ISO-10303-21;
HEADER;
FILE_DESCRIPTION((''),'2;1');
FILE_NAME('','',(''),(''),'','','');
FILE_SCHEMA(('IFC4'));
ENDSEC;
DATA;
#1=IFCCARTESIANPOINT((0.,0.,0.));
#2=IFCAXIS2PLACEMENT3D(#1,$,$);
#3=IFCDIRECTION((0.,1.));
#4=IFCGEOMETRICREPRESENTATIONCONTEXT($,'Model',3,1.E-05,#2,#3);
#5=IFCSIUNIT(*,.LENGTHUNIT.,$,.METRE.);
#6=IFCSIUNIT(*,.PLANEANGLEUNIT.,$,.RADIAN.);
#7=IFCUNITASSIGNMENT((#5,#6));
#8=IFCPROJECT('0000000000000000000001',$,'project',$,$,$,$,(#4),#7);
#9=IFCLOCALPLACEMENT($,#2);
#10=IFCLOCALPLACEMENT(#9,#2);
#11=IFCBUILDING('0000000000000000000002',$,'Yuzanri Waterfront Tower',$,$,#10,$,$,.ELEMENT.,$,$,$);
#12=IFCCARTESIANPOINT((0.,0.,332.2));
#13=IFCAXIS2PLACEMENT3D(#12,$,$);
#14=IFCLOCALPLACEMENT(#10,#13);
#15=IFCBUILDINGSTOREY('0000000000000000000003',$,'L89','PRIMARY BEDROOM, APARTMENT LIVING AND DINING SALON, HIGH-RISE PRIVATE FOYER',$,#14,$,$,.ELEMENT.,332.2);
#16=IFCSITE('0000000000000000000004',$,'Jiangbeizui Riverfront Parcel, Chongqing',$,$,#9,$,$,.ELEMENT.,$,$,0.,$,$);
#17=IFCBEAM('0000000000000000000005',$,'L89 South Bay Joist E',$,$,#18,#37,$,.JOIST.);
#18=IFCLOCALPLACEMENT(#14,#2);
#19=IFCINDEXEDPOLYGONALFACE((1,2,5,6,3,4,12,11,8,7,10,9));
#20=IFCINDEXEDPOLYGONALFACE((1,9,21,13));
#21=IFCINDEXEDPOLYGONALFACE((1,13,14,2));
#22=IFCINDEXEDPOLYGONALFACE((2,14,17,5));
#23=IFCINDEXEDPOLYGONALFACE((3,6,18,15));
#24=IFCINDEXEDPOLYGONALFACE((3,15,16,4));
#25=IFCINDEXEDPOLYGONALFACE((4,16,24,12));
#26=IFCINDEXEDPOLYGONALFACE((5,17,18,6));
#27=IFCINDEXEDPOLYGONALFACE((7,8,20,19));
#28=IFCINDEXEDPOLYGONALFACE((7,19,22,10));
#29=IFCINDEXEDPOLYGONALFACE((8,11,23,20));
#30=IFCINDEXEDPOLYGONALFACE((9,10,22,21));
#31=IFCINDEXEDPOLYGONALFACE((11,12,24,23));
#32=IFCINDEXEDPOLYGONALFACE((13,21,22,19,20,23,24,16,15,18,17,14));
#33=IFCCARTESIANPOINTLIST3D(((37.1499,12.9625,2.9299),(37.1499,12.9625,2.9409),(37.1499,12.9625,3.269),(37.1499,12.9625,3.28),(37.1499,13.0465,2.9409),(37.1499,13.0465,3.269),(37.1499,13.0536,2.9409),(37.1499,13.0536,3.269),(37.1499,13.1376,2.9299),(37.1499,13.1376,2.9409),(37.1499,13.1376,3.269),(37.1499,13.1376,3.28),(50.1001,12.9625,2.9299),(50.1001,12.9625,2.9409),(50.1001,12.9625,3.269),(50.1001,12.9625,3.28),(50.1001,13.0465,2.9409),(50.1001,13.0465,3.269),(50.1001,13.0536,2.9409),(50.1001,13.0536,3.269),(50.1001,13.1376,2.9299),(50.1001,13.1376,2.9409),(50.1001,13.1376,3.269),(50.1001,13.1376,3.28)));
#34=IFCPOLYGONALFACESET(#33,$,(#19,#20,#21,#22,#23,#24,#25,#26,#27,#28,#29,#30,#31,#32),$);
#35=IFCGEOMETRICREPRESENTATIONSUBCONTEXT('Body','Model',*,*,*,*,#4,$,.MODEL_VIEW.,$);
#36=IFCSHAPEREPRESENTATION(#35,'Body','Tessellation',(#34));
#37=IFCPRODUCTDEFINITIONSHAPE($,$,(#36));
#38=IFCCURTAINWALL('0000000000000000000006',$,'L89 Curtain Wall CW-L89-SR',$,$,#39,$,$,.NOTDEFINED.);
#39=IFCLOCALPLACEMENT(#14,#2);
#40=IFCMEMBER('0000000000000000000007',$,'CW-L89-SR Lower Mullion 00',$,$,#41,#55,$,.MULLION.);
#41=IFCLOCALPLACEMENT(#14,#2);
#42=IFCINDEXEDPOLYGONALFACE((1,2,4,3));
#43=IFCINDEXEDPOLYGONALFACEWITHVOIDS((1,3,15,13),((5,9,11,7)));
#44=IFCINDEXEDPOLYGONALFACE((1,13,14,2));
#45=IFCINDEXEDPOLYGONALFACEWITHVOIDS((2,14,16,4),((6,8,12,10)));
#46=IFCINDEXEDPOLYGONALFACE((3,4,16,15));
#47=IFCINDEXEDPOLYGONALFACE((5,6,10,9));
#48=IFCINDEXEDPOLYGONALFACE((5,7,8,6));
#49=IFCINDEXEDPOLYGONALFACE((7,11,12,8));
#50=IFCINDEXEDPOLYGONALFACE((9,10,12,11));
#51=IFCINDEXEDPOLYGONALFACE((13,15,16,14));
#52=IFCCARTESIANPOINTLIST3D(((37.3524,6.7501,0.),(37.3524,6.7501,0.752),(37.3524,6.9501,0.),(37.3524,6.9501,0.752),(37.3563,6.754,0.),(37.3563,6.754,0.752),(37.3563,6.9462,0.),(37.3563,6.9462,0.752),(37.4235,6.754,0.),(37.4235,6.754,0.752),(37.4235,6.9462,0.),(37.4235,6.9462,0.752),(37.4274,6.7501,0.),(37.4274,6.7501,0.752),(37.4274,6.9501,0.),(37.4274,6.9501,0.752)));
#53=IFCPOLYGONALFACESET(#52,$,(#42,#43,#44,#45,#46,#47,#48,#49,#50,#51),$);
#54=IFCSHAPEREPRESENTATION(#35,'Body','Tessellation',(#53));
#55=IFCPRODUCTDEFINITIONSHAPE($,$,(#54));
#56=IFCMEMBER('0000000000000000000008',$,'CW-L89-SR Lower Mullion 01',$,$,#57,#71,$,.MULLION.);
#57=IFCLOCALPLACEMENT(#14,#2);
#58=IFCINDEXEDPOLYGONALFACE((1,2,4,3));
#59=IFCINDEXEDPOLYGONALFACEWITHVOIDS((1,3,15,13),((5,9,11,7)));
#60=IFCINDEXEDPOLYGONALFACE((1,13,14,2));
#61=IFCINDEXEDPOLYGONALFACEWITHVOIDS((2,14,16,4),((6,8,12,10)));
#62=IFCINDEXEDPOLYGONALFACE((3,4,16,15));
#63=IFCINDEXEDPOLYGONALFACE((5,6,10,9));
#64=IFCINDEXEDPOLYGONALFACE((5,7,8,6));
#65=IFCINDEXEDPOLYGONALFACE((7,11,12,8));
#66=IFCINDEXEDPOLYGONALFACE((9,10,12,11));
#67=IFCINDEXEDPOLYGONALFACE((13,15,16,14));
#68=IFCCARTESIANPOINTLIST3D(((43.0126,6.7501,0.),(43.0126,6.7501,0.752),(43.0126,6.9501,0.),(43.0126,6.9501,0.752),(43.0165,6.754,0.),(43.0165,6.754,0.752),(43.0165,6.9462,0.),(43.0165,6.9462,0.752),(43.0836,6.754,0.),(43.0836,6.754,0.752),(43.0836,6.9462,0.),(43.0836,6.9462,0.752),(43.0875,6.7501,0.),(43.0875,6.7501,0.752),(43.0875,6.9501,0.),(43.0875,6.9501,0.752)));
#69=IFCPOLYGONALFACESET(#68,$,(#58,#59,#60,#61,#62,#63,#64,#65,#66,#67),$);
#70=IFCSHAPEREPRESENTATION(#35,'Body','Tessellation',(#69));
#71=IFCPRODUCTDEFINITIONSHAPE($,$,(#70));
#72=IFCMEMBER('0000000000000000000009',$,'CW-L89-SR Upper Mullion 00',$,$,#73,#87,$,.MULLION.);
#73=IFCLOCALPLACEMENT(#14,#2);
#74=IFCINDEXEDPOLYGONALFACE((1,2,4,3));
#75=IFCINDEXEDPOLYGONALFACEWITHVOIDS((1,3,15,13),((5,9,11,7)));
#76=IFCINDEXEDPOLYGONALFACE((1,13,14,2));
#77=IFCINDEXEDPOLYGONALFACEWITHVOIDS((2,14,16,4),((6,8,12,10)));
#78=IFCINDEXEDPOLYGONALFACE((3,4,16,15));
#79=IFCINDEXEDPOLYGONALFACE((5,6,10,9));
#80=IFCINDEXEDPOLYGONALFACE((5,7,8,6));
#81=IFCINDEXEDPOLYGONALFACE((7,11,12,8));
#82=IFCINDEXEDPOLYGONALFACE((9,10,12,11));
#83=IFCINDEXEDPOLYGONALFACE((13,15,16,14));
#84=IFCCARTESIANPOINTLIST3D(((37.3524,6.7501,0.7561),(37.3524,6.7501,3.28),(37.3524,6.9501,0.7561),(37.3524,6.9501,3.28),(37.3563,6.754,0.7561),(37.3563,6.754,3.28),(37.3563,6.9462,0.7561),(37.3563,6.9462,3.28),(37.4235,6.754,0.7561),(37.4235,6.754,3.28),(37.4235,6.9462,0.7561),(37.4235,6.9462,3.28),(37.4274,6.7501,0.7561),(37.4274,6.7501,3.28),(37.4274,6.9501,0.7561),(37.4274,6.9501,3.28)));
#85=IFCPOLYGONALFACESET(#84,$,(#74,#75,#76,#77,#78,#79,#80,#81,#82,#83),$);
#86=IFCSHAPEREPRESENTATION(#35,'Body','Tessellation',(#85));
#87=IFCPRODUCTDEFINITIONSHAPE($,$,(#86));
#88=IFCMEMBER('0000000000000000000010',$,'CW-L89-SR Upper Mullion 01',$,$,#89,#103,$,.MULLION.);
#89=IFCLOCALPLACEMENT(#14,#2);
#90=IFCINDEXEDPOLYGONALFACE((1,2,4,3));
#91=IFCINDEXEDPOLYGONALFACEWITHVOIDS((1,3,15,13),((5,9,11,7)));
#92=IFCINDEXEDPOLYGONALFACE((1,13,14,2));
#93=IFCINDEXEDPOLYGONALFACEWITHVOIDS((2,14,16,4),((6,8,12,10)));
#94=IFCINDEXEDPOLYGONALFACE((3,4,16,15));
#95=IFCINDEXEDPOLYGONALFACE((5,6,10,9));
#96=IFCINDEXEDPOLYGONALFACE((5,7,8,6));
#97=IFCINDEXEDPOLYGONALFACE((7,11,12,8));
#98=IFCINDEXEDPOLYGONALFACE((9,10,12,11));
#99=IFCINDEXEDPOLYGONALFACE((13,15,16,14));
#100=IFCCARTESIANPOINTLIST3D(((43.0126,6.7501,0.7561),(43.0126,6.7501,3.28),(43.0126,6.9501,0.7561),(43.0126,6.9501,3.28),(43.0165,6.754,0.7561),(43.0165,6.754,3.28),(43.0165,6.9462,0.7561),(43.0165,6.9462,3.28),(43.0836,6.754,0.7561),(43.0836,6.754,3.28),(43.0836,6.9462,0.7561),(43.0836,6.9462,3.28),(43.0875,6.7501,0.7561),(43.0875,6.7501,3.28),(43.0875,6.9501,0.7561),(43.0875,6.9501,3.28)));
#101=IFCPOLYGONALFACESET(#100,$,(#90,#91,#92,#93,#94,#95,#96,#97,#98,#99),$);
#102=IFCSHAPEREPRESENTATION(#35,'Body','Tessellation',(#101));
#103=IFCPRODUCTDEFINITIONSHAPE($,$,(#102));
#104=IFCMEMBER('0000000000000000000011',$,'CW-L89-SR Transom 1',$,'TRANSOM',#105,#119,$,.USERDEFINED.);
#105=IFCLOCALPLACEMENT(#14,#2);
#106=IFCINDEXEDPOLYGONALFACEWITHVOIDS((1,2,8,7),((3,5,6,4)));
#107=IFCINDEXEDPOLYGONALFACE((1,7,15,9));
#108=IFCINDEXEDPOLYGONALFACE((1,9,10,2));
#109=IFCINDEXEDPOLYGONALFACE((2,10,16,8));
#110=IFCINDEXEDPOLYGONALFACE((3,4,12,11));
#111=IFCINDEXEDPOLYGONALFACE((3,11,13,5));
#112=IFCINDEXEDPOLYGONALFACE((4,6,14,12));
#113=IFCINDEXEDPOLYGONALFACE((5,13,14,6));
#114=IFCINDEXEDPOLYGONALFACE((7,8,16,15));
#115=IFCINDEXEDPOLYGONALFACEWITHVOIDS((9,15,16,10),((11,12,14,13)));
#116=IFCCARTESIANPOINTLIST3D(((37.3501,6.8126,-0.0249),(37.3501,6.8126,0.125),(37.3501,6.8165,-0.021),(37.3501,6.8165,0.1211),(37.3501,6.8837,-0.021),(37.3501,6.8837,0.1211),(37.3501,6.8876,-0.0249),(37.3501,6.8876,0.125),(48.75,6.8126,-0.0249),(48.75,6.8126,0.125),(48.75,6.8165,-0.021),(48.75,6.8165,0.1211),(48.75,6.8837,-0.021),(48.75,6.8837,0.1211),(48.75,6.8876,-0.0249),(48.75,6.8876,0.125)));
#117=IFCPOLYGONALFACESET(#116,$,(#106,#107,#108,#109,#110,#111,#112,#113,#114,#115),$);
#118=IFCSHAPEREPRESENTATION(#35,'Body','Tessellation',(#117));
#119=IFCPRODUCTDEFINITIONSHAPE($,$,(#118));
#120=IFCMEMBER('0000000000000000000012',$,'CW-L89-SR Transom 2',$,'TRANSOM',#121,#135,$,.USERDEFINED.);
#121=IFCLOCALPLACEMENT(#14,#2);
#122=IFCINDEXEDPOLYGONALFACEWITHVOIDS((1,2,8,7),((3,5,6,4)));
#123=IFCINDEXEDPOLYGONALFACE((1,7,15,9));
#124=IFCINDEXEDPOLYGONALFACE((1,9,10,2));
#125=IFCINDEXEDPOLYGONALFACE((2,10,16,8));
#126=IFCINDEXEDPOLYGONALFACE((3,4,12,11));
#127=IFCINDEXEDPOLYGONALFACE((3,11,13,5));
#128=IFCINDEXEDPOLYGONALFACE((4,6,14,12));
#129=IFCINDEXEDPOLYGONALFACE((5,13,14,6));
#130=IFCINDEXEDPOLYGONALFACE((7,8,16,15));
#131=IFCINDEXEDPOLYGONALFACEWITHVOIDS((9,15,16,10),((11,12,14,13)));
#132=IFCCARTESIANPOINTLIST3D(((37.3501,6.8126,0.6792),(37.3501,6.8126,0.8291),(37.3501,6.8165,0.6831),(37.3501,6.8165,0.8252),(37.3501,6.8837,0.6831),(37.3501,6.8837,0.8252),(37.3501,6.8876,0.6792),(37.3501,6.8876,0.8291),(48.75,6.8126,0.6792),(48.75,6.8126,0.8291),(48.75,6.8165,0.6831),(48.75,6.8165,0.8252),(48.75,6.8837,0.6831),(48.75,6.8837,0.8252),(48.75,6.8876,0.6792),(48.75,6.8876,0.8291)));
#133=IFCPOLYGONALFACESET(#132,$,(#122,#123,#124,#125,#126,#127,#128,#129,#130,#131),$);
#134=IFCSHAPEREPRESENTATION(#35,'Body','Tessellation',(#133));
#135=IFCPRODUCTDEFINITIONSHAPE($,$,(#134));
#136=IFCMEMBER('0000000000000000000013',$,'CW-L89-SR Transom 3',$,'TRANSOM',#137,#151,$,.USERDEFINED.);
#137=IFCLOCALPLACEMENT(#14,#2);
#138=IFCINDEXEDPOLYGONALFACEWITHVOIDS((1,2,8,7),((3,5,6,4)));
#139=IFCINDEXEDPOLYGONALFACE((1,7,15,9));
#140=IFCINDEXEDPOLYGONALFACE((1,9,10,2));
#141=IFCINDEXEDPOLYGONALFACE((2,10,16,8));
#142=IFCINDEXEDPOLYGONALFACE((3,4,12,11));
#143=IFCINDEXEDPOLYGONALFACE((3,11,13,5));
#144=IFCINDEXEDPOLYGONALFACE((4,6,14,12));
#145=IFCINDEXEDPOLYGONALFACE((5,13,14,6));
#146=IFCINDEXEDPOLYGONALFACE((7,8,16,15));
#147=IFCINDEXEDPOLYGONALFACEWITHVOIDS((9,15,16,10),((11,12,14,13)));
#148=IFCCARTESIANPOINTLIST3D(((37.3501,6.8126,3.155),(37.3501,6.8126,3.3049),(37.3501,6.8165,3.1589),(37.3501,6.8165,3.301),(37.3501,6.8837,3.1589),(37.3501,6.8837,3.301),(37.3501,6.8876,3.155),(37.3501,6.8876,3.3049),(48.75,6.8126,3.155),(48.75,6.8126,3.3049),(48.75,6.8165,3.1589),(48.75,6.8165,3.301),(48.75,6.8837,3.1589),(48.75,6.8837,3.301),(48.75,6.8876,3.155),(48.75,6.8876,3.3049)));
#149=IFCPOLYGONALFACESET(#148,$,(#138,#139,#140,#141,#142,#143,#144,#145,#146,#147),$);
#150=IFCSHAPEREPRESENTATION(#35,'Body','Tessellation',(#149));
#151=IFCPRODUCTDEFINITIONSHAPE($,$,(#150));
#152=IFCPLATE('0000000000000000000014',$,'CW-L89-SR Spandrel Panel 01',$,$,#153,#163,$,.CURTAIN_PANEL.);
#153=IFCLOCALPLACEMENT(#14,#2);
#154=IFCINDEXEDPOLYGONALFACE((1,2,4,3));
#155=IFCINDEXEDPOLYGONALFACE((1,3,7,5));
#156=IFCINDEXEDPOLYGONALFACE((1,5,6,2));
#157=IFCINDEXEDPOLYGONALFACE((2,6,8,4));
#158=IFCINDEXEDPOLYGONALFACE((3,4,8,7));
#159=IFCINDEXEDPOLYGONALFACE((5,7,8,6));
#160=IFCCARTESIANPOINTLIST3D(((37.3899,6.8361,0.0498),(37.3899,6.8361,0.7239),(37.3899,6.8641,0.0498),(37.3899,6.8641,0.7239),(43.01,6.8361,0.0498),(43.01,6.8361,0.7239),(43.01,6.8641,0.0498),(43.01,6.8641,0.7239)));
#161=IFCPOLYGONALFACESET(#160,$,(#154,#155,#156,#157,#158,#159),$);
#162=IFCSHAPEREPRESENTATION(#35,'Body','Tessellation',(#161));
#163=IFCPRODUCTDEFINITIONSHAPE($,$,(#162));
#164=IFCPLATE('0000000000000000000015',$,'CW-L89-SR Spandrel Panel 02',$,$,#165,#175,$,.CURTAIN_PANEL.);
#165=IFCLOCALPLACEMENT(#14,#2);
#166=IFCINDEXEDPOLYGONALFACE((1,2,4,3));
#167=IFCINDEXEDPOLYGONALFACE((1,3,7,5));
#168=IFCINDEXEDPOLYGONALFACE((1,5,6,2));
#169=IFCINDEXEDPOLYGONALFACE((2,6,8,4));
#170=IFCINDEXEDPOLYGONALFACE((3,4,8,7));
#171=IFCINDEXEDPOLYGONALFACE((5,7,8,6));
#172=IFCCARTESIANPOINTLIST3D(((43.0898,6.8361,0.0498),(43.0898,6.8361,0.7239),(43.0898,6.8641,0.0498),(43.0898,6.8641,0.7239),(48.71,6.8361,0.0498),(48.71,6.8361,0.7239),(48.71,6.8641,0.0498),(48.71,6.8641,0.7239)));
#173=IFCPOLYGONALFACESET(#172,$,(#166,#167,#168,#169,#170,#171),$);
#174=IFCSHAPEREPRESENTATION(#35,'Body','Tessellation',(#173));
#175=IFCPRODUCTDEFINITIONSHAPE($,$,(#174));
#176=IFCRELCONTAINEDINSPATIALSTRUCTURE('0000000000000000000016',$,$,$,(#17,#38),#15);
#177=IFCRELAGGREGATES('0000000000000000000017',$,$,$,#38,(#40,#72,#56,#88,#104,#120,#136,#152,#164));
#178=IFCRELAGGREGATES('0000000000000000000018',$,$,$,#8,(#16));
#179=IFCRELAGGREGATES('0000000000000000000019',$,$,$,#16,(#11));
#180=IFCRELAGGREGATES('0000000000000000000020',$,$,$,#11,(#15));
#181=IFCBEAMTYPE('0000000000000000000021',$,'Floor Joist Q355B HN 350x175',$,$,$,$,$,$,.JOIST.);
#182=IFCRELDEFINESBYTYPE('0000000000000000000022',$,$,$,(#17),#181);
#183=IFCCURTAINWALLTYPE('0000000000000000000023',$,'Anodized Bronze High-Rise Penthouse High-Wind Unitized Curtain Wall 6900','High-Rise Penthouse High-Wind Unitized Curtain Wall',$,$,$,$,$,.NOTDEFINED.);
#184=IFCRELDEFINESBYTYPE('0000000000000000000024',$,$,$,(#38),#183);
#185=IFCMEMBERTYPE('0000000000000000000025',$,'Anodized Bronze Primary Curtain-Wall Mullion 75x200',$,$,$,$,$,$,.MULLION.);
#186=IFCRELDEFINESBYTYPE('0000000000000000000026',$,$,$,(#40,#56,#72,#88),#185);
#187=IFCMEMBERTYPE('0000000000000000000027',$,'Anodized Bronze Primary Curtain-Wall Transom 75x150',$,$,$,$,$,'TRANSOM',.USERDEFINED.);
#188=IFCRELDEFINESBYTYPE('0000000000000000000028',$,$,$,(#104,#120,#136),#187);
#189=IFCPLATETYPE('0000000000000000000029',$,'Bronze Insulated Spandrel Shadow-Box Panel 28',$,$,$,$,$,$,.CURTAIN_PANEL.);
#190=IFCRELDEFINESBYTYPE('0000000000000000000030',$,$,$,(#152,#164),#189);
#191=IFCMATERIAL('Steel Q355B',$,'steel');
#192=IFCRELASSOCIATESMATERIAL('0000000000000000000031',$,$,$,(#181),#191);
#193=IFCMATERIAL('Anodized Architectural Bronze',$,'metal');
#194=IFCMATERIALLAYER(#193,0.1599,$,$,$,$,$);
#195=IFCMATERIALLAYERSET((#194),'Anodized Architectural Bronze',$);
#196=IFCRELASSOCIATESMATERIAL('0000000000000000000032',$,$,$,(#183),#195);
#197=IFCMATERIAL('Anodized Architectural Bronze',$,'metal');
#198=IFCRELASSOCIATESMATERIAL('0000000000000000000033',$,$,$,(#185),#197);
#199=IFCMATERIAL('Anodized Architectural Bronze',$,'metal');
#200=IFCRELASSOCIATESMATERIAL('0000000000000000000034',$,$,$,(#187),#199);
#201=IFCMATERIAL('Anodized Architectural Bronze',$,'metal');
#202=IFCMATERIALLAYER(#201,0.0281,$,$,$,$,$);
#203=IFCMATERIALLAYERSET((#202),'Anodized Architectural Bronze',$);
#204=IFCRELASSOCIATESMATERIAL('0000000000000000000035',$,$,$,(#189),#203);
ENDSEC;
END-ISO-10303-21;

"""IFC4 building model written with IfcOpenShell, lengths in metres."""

from ifc_helpers import new_model, si_unit, direction, frame, origin, origin_2d, place, context, subcontext, project, spatial, rectangle, hollow_rectangle, i_section, extrude, source, transform, mapped, material, layer, layer_set, material_profile, profile_set, type_object, element, aggregate, save


model = new_model("IFC4")

# Units and contexts
model_context = context("Model", 3, precision=1e-05, world=origin(), true_north=direction((0.0, 1.0)))
body_context = subcontext(model_context, "Body", "Model", "MODEL_VIEW")
ifc_project = project(units=[si_unit("LENGTHUNIT", "METRE"), si_unit("PLANEANGLEUNIT", "RADIAN")], contexts=[model_context])

# Site, building, storey
site_placement = place(None, origin())
site = spatial("IfcSite", under=ifc_project, at=site_placement, Name="Jiangbeizui Riverfront Parcel, Chongqing", CompositionType="ELEMENT", RefElevation=0.0)
building_placement = place(site_placement, origin())
building = spatial("IfcBuilding", under=site, at=building_placement, Name="Yuzanri Waterfront Tower", CompositionType="ELEMENT")
storey_placement = place(building_placement, frame((0.0, 0.0, 332.2)))
storey = spatial("IfcBuildingStorey", under=building, at=storey_placement, Name="L89", Description="PRIMARY BEDROOM, APARTMENT LIVING AND DINING SALON, HIGH-RISE PRIVATE FOYER", CompositionType="ELEMENT", Elevation=332.2)

# Beam
ifc_material_1 = material(Name="Steel Q355B", Category="steel")
ifc_material_profile_1 = material_profile(ifc_material_1, i_section(OverallWidth=0.175, OverallDepth=0.3501, WebThickness=0.0071, FlangeThickness=0.011, at=origin_2d()), Name="HN 350x175x7x11")
ifc_profile_set_1 = profile_set([ifc_material_profile_1], Name="Steel Q355B")
beam_type = type_object("IfcBeamType", Name="Floor Joist Q355B HN 350x175", PredefinedType="JOIST", material=ifc_profile_set_1)
shared_shape_1 = source(origin(), body_context, "Body", "SweptSolid", [
    extrude(i_section(OverallWidth=0.175, OverallDepth=0.3501, WebThickness=0.0071, FlangeThickness=0.011, at=origin_2d()), origin(), (0.0, 0.0, 1.0), 12.9502),
])
beam_placement = place(storey_placement, frame((37.1499, 13.05, 3.105), z_axis=(1.0, 0.0, 0.0), x_axis=(0.0, 1.0, 0.0)))
element("IfcBeam", 1, at=beam_placement, inside=storey, type_object=beam_type, Name="L89 South Bay Joist E", PredefinedType="JOIST", context=body_context, shape_type="MappedRepresentation", body=[
    mapped(shared_shape_1, transform((0.0, 0.0, 0.0), scale=1.0)),
])

# Curtain wall, members, plates
ifc_material_2 = material(Name="Anodized Architectural Bronze", Category="metal")
ifc_layer_1 = layer(ifc_material_2, 0.1599)
ifc_layer_set_1 = layer_set([ifc_layer_1], Name="Anodized Architectural Bronze")
curtain_wall_type = type_object("IfcCurtainWallType", Name="Anodized Bronze High-Rise Penthouse High-Wind Unitized Curtain Wall 6900", Description="High-Rise Penthouse High-Wind Unitized Curtain Wall", PredefinedType="NOTDEFINED", material=ifc_layer_set_1)
curtain_wall_placement = place(storey_placement, origin())
curtain_wall = element("IfcCurtainWall", 2, at=curtain_wall_placement, inside=storey, type_object=curtain_wall_type, Name="L89 Curtain Wall CW-L89-SR", PredefinedType="NOTDEFINED")
ifc_material_3 = material(Name="Anodized Architectural Bronze", Category="metal")
ifc_material_profile_2 = material_profile(ifc_material_3, hollow_rectangle(XDim=0.075, YDim=0.2, WallThickness=0.0039, at=origin_2d()), Name="CWM 75x200")
ifc_profile_set_2 = profile_set([ifc_material_profile_2], Name="Anodized Architectural Bronze")
member_type_1 = type_object("IfcMemberType", Name="Anodized Bronze Primary Curtain-Wall Mullion 75x200", PredefinedType="MULLION", material=ifc_profile_set_2)
shared_shape_2 = source(origin(), body_context, "Body", "SweptSolid", [
    extrude(hollow_rectangle(XDim=0.075, YDim=0.2, WallThickness=0.0039, at=origin_2d()), origin(), (0.0, 0.0, 1.0), 0.752),
])
member_1_placement = place(storey_placement, frame((37.3899, 6.8501, 0.0), z_axis=(0.0, 0.0, 1.0), x_axis=(1.0, 0.0, 0.0)))
member_1 = element("IfcMember", 3, at=member_1_placement, type_object=member_type_1, Name="CW-L89-SR Lower Mullion 00", PredefinedType="MULLION", context=body_context, shape_type="MappedRepresentation", body=[
    mapped(shared_shape_2, transform((0.0, 0.0, 0.0), scale=1.0)),
])
member_2_placement = place(storey_placement, frame((43.05, 6.8501, 0.0), z_axis=(0.0, 0.0, 1.0), x_axis=(1.0, 0.0, 0.0)))
member_2 = element("IfcMember", 4, at=member_2_placement, type_object=member_type_1, Name="CW-L89-SR Lower Mullion 01", PredefinedType="MULLION", context=body_context, shape_type="MappedRepresentation", body=[
    mapped(shared_shape_2, transform((0.0, 0.0, 0.0), scale=1.0)),
])
shared_shape_3 = source(origin(), body_context, "Body", "SweptSolid", [
    extrude(hollow_rectangle(XDim=0.075, YDim=0.2, WallThickness=0.0039, at=origin_2d()), origin(), (0.0, 0.0, 1.0), 2.5239),
])
member_3_placement = place(storey_placement, frame((37.3899, 6.8501, 0.7561), z_axis=(0.0, 0.0, 1.0), x_axis=(1.0, 0.0, 0.0)))
member_3 = element("IfcMember", 5, at=member_3_placement, type_object=member_type_1, Name="CW-L89-SR Upper Mullion 00", PredefinedType="MULLION", context=body_context, shape_type="MappedRepresentation", body=[
    mapped(shared_shape_3, transform((0.0, 0.0, 0.0), scale=1.0)),
])
member_4_placement = place(storey_placement, frame((43.05, 6.8501, 0.7561), z_axis=(0.0, 0.0, 1.0), x_axis=(1.0, 0.0, 0.0)))
member_4 = element("IfcMember", 6, at=member_4_placement, type_object=member_type_1, Name="CW-L89-SR Upper Mullion 01", PredefinedType="MULLION", context=body_context, shape_type="MappedRepresentation", body=[
    mapped(shared_shape_3, transform((0.0, 0.0, 0.0), scale=1.0)),
])
ifc_material_4 = material(Name="Anodized Architectural Bronze", Category="metal")
ifc_material_profile_3 = material_profile(ifc_material_4, hollow_rectangle(XDim=0.075, YDim=0.1499, WallThickness=0.0039, at=origin_2d()), Name="CWT 75x150")
ifc_profile_set_3 = profile_set([ifc_material_profile_3], Name="Anodized Architectural Bronze")
member_type_2 = type_object("IfcMemberType", Name="Anodized Bronze Primary Curtain-Wall Transom 75x150", ElementType="TRANSOM", PredefinedType="USERDEFINED", material=ifc_profile_set_3)
shared_shape_4 = source(origin(), body_context, "Body", "SweptSolid", [
    extrude(hollow_rectangle(XDim=0.075, YDim=0.1499, WallThickness=0.0039, at=origin_2d()), origin(), (0.0, 0.0, 1.0), 11.3999),
])
member_5_placement = place(storey_placement, frame((37.3501, 6.8501, 0.05), z_axis=(1.0, 0.0, 0.0), x_axis=(0.0, 1.0, 0.0)))
member_5 = element("IfcMember", 7, at=member_5_placement, type_object=member_type_2, Name="CW-L89-SR Transom 1", ObjectType="TRANSOM", PredefinedType="USERDEFINED", context=body_context, shape_type="MappedRepresentation", body=[
    mapped(shared_shape_4, transform((0.0, 0.0, 0.0), scale=1.0)),
])
member_6_placement = place(storey_placement, frame((37.3501, 6.8501, 0.7542), z_axis=(1.0, 0.0, 0.0), x_axis=(0.0, 1.0, 0.0)))
member_6 = element("IfcMember", 8, at=member_6_placement, type_object=member_type_2, Name="CW-L89-SR Transom 2", ObjectType="TRANSOM", PredefinedType="USERDEFINED", context=body_context, shape_type="MappedRepresentation", body=[
    mapped(shared_shape_4, transform((0.0, 0.0, 0.0), scale=1.0)),
])
member_7_placement = place(storey_placement, frame((37.3501, 6.8501, 3.23), z_axis=(1.0, 0.0, 0.0), x_axis=(0.0, 1.0, 0.0)))
member_7 = element("IfcMember", 9, at=member_7_placement, type_object=member_type_2, Name="CW-L89-SR Transom 3", ObjectType="TRANSOM", PredefinedType="USERDEFINED", context=body_context, shape_type="MappedRepresentation", body=[
    mapped(shared_shape_4, transform((0.0, 0.0, 0.0), scale=1.0)),
])
ifc_material_5 = material(Name="Anodized Architectural Bronze", Category="metal")
ifc_layer_2 = layer(ifc_material_5, 0.0281)
ifc_layer_set_2 = layer_set([ifc_layer_2], Name="Anodized Architectural Bronze")
plate_type_1 = type_object("IfcPlateType", Name="Bronze Insulated Spandrel Shadow-Box Panel 28", PredefinedType="CURTAIN_PANEL", material=ifc_layer_set_2)
shared_shape_5 = source(origin(), body_context, "Body", "SweptSolid", [
    extrude(rectangle(XDim=5.6201, YDim=0.0281, at=origin_2d()), origin(), (0.0, 0.0, 1.0), 0.6741),
])
plate_1_placement = place(storey_placement, frame((40.2, 6.8501, 0.0498), z_axis=(0.0, 0.0, 1.0), x_axis=(1.0, 0.0, 0.0)))
plate_1 = element("IfcPlate", 10, at=plate_1_placement, type_object=plate_type_1, Name="CW-L89-SR Spandrel Panel 01", PredefinedType="CURTAIN_PANEL", context=body_context, shape_type="MappedRepresentation", body=[
    mapped(shared_shape_5, transform((0.0, 0.0, 0.0), scale=1.0)),
])
plate_2_placement = place(storey_placement, frame((45.8999, 6.8501, 0.0498), z_axis=(0.0, 0.0, 1.0), x_axis=(1.0, 0.0, 0.0)))
plate_2 = element("IfcPlate", 11, at=plate_2_placement, type_object=plate_type_1, Name="CW-L89-SR Spandrel Panel 02", PredefinedType="CURTAIN_PANEL", context=body_context, shape_type="MappedRepresentation", body=[
    mapped(shared_shape_5, transform((0.0, 0.0, 0.0), scale=1.0)),
])
aggregate(curtain_wall, [member_1, member_3, member_2, member_4, member_5, member_6, member_7, plate_1, plate_2])

save(model, "model.ifc")
